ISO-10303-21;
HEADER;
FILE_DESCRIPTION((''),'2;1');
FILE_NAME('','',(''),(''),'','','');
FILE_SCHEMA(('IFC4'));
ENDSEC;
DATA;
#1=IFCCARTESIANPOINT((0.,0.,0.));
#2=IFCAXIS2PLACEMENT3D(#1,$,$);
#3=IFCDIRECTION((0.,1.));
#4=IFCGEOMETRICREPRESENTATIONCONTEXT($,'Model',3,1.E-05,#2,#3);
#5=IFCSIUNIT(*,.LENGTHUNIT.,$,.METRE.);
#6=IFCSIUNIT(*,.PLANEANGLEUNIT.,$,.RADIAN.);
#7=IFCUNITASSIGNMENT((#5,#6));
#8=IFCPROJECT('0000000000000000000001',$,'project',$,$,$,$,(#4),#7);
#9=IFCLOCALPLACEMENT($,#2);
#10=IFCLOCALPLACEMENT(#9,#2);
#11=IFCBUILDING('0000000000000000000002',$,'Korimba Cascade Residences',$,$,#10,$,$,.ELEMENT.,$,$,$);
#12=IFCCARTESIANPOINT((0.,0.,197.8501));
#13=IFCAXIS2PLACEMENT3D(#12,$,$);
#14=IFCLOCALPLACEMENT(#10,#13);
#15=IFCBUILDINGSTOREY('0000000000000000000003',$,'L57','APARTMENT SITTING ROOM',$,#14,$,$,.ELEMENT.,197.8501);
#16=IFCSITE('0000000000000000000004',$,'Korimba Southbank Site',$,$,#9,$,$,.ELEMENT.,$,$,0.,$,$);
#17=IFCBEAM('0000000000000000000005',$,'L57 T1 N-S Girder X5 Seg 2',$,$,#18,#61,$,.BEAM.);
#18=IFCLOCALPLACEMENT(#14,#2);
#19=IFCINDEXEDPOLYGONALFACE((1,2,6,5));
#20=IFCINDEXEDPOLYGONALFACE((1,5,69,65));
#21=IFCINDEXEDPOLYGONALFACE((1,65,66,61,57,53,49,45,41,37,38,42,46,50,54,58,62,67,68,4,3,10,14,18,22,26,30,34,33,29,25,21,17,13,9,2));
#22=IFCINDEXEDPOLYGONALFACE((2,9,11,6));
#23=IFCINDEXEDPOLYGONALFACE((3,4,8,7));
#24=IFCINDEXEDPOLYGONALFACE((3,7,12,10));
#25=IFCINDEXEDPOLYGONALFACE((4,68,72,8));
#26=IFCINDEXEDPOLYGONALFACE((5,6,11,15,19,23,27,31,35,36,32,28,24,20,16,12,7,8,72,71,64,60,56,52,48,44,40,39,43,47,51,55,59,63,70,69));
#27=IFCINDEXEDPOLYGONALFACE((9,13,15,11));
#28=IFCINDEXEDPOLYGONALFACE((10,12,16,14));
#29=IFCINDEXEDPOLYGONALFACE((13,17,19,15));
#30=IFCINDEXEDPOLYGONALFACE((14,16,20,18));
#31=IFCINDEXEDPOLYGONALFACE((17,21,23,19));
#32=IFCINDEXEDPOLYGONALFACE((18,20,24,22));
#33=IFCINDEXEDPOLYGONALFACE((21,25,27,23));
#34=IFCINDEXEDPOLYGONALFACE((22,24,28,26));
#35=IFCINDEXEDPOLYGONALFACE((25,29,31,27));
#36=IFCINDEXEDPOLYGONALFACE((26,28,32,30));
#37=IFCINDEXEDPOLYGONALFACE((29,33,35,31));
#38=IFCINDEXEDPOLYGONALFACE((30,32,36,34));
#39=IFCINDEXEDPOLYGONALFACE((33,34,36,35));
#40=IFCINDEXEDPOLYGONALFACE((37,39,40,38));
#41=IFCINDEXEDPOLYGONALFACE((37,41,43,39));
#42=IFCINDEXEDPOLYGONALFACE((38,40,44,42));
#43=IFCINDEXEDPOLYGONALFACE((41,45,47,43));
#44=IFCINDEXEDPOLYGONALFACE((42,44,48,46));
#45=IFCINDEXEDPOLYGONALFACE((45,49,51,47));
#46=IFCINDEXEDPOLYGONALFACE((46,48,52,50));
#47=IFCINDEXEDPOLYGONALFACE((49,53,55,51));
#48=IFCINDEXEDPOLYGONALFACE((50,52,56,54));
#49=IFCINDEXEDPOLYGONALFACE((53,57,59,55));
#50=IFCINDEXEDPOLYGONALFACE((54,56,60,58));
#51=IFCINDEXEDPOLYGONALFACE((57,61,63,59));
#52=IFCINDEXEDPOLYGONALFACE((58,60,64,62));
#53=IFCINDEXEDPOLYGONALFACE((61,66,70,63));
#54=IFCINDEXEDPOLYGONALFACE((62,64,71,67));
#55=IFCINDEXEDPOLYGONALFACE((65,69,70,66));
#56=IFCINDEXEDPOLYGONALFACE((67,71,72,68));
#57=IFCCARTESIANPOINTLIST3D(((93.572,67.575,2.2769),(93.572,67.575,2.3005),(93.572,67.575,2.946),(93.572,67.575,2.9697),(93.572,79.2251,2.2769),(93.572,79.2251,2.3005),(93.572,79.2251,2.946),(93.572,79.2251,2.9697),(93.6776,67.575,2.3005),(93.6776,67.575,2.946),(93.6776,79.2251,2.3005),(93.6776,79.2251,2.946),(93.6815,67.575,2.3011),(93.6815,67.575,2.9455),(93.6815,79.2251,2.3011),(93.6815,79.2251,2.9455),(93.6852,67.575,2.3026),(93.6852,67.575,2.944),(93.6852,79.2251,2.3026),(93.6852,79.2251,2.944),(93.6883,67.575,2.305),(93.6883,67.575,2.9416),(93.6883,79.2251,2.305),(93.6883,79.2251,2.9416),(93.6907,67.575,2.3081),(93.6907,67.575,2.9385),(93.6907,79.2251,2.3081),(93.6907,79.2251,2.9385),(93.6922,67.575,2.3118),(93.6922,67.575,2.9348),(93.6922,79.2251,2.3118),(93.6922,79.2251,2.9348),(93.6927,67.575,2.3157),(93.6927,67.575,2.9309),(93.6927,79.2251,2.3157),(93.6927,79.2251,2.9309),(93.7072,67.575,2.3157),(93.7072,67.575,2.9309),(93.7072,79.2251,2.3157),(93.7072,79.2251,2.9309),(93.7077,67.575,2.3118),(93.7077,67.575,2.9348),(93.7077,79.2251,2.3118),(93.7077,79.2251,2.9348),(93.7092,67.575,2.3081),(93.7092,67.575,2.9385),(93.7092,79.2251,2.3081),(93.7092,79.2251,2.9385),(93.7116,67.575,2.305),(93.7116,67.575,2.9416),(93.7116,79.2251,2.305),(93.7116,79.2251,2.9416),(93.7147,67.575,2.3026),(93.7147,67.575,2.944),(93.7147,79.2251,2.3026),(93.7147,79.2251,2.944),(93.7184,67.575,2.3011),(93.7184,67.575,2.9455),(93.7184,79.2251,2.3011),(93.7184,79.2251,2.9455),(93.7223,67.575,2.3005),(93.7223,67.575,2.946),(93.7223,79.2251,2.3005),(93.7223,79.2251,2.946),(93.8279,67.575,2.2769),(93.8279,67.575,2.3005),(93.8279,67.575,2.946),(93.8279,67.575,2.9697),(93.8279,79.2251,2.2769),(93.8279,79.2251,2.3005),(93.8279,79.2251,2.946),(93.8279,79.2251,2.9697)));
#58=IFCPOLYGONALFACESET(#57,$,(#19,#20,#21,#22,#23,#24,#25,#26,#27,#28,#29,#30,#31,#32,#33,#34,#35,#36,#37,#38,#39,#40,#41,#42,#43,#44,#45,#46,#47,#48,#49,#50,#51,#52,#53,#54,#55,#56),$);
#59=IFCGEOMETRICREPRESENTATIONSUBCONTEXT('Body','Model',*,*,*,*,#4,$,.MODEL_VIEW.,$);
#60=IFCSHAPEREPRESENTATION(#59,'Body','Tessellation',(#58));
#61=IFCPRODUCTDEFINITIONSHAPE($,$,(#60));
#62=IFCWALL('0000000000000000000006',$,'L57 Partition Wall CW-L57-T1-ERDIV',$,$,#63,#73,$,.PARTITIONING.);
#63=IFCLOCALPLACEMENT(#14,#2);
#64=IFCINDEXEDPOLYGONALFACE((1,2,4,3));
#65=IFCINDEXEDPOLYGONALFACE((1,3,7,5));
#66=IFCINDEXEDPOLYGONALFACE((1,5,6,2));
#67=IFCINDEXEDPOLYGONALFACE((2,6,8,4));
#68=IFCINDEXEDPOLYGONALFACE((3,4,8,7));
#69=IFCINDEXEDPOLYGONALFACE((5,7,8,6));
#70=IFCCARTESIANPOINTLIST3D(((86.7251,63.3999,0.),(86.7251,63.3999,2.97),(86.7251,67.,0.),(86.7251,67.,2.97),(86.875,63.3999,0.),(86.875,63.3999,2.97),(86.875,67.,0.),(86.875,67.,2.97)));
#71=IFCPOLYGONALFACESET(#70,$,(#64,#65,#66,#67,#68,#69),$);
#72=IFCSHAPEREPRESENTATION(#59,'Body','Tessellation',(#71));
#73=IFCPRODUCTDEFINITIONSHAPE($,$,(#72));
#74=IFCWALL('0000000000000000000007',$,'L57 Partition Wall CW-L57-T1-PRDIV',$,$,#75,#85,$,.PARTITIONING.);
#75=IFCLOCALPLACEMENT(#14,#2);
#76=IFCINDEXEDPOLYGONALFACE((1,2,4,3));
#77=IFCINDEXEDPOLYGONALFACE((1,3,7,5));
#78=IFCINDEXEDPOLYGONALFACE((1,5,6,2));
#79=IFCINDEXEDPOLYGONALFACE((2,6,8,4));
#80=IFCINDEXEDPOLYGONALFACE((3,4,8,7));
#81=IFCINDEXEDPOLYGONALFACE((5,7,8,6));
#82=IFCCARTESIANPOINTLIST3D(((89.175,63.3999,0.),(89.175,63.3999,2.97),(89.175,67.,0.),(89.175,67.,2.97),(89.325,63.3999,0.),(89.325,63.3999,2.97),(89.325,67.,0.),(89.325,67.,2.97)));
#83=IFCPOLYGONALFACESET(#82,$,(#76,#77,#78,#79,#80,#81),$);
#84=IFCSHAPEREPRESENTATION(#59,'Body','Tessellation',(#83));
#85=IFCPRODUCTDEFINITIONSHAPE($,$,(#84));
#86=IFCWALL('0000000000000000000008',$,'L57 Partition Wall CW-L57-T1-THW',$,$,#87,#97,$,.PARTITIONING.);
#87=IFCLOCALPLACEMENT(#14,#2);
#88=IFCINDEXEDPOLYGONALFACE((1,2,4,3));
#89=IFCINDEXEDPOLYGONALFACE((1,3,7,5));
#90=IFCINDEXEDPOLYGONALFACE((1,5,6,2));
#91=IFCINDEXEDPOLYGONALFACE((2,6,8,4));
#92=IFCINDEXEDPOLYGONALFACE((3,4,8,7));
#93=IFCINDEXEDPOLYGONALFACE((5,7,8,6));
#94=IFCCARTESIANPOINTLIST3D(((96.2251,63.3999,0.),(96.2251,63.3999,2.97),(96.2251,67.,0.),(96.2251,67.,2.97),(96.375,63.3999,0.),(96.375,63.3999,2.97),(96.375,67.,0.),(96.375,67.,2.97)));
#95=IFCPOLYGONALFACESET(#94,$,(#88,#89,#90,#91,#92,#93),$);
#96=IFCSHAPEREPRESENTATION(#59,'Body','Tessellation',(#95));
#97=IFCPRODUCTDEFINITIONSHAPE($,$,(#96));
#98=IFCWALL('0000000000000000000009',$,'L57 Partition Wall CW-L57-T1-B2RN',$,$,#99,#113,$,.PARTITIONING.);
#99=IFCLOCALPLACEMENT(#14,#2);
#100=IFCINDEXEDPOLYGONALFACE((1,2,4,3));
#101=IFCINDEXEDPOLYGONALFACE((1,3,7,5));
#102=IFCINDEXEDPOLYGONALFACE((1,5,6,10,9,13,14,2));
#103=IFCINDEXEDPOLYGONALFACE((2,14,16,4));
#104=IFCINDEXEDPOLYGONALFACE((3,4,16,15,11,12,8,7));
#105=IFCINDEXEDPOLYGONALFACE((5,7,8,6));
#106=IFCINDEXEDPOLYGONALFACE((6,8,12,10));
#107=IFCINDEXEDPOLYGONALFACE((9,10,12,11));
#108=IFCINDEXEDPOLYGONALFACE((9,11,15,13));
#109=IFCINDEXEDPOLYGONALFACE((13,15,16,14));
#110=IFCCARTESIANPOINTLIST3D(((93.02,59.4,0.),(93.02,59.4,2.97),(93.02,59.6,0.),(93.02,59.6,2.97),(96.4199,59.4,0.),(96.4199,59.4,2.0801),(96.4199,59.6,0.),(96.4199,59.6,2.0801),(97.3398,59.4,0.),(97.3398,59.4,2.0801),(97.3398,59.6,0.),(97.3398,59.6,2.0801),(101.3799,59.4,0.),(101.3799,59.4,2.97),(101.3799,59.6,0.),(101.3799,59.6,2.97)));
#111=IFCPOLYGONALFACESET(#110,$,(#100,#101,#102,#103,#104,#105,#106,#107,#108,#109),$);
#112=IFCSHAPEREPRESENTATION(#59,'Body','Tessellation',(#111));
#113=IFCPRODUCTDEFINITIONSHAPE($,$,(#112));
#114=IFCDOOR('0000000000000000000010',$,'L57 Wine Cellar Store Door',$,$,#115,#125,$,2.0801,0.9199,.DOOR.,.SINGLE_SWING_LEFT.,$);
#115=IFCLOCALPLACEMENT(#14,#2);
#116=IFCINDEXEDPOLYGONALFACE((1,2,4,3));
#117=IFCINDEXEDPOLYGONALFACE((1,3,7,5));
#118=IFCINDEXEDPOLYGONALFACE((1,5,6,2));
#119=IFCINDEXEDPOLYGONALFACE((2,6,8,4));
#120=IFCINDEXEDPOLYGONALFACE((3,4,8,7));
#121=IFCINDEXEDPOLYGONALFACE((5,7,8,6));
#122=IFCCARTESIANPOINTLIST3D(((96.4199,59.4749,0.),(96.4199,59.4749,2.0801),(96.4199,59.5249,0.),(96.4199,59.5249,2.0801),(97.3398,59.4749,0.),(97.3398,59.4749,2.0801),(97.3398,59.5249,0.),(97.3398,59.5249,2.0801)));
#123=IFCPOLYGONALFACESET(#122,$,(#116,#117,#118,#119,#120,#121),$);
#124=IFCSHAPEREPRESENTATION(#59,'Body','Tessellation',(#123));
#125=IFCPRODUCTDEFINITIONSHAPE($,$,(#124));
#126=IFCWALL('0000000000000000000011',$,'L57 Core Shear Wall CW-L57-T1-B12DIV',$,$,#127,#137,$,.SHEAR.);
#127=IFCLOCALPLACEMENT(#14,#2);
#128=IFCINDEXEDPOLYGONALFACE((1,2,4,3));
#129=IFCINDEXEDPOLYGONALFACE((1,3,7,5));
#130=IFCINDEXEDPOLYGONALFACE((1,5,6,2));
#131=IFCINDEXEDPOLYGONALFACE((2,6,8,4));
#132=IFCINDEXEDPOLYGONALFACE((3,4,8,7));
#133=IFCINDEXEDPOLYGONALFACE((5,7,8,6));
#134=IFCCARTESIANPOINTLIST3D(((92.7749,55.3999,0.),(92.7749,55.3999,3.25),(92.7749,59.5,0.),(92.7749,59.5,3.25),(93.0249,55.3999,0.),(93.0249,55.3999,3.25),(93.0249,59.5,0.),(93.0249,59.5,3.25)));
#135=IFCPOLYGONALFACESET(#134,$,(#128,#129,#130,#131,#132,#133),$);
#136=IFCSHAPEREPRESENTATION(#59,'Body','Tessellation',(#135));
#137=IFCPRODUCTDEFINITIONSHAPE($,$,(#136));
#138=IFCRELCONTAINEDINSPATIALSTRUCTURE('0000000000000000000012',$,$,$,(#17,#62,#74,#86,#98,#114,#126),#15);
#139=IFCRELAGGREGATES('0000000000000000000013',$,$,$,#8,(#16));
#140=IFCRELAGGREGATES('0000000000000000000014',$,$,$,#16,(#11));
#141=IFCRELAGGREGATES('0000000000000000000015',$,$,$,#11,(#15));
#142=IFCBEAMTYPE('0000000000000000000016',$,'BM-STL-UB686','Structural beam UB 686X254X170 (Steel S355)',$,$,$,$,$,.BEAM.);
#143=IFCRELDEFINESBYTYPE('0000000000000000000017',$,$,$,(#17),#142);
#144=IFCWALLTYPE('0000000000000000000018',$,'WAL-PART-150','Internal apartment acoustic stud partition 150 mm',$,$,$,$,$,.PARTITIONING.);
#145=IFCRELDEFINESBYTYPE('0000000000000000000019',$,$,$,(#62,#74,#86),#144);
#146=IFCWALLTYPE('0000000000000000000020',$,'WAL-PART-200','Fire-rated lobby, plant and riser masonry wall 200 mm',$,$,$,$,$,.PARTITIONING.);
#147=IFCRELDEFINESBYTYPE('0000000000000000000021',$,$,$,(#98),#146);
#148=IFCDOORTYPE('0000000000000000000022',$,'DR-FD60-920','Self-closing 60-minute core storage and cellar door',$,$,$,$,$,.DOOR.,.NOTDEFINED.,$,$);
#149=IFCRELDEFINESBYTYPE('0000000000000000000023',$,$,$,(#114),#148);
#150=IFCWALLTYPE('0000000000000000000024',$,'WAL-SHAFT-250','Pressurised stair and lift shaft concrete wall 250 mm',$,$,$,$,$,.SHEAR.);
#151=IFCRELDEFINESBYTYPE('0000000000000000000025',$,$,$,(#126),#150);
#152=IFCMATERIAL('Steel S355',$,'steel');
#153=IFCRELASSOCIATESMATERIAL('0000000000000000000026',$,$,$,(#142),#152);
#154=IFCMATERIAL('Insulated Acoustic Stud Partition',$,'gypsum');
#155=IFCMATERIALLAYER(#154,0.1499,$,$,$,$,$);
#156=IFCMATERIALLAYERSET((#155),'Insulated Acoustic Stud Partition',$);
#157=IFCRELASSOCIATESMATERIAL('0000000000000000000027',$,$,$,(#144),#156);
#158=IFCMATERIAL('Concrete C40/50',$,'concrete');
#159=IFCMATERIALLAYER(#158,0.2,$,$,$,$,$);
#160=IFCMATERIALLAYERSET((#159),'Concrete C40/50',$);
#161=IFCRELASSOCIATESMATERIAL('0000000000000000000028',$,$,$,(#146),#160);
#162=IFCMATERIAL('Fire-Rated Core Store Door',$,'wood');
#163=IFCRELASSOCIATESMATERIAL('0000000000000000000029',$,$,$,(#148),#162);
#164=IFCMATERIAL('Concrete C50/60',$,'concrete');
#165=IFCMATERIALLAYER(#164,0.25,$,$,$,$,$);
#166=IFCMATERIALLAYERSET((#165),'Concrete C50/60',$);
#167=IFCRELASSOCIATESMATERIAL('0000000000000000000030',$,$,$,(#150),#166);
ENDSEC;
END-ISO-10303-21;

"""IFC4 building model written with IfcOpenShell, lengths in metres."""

from ifc_helpers import new_model, si_unit, direction, frame, frame_2d, origin, origin_2d, place, context, subcontext, project, spatial, rectangle, i_section, extrude, material, layer, layer_set, material_profile, profile_set, type_object, element, fill, save


model = new_model("IFC4")

# Units and contexts
model_context = context("Model", 3, precision=1e-05, world=origin(), true_north=direction((0.0, 1.0)))
body_context = subcontext(model_context, "Body", "Model", "MODEL_VIEW")
ifc_project = project(units=[si_unit("LENGTHUNIT", "METRE"), si_unit("PLANEANGLEUNIT", "RADIAN")], contexts=[model_context])

# Site, building, storey
site_placement = place(None, origin())
site = spatial("IfcSite", under=ifc_project, at=site_placement, Name="Korimba Southbank Site", CompositionType="ELEMENT", RefElevation=0.0)
building_placement = place(site_placement, origin())
building = spatial("IfcBuilding", under=site, at=building_placement, Name="Korimba Cascade Residences", CompositionType="ELEMENT")
storey_placement = place(building_placement, frame((0.0, 0.0, 197.8501)))
storey = spatial("IfcBuildingStorey", under=building, at=storey_placement, Name="L57", Description="APARTMENT SITTING ROOM", CompositionType="ELEMENT", Elevation=197.8501)

# Beam
ifc_material_1 = material(Name="Steel S355", Category="steel")
ifc_material_profile_1 = material_profile(ifc_material_1, i_section(OverallWidth=0.2559, OverallDepth=0.6929, WebThickness=0.0144, FlangeThickness=0.0237, FilletRadius=0.0151, at=origin_2d()), Name="Steel S355")
ifc_profile_set_1 = profile_set([ifc_material_profile_1], Name="Steel S355")
beam_type = type_object("IfcBeamType", Name="BM-STL-UB686", Description="Structural beam UB 686X254X170 (Steel S355)", PredefinedType="BEAM", material=ifc_profile_set_1)
beam_1_placement = place(storey_placement, frame((93.7, 67.575, 2.6233), z_axis=(0.0, 1.0, 0.0), x_axis=(-1.0, 0.0, 0.0)))
element("IfcBeam", 1, at=beam_1_placement, inside=storey, type_object=beam_type, Name="L57 T1 N-S Girder X5 Seg 2", PredefinedType="BEAM", context=body_context, shape_type="SweptSolid", body=[
    extrude(i_section(OverallWidth=0.2559, OverallDepth=0.6929, WebThickness=0.0144, FlangeThickness=0.0237, FilletRadius=0.0151, at=origin_2d()), origin(), (0.0, 0.0, 1.0), 11.6501),
])

# Walls
ifc_material_2 = material(Name="Insulated Acoustic Stud Partition", Category="gypsum")
ifc_layer_1 = layer(ifc_material_2, 0.1499)
ifc_layer_set_1 = layer_set([ifc_layer_1], Name="Insulated Acoustic Stud Partition")
wall_type_1 = type_object("IfcWallType", Name="WAL-PART-150", Description="Internal apartment acoustic stud partition 150 mm", PredefinedType="PARTITIONING", material=ifc_layer_set_1)
for number, where, z_axis, x_axis, name in (
    (2, (86.8, 63.3999, 0.0), (0.0, 0.0, 1.0), (0.0, 1.0, 0.0), "L57 Partition Wall CW-L57-T1-ERDIV"),
    (3, (89.25, 63.3999, 0.0), (0.0, 0.0, 1.0), (0.0, 1.0, 0.0), "L57 Partition Wall CW-L57-T1-PRDIV"),
    (4, (96.3, 63.3999, 0.0), (0.0, 0.0, 1.0), (0.0, 1.0, 0.0), "L57 Partition Wall CW-L57-T1-THW"),
):
    element("IfcWall", number, at=place(storey_placement, frame(where, z_axis=z_axis, x_axis=x_axis)), inside=storey, type_object=wall_type_1, Name=name, PredefinedType="PARTITIONING", context=body_context, shape_type="SweptSolid", body=[
        extrude(rectangle(XDim=3.6001, YDim=0.1499, at=frame_2d((1.8, 0.0))), origin(), (0.0, 0.0, 1.0), 2.97),
    ])

# Wall, opening, door
ifc_material_3 = material(Name="Concrete C40/50", Category="concrete")
ifc_layer_2 = layer(ifc_material_3, 0.2)
ifc_layer_set_2 = layer_set([ifc_layer_2], Name="Concrete C40/50")
wall_type_2 = type_object("IfcWallType", Name="WAL-PART-200", Description="Fire-rated lobby, plant and riser masonry wall 200 mm", PredefinedType="PARTITIONING", material=ifc_layer_set_2)
wall_1_placement = place(storey_placement, frame((93.02, 59.5, 0.0), z_axis=(0.0, 0.0, 1.0), x_axis=(1.0, 0.0, 0.0)))
wall_1 = element("IfcWall", 5, at=wall_1_placement, inside=storey, type_object=wall_type_2, Name="L57 Partition Wall CW-L57-T1-B2RN", PredefinedType="PARTITIONING", context=body_context, shape_type="SweptSolid", body=[
    extrude(rectangle(XDim=8.3599, YDim=0.2, at=frame_2d((4.1799, 0.0))), origin(), (0.0, 0.0, 1.0), 2.97),
])
opening_placement = place(wall_1_placement, frame((3.3999, 0.0, 0.0)))
opening = element("IfcOpeningElement", 6, at=opening_placement, cuts=wall_1, PredefinedType="OPENING", context=body_context, shape_type="SweptSolid", body=[
    extrude(rectangle(XDim=0.9199, YDim=2.0801, at=frame_2d((0.46, 1.04))), frame((0.0, 0.1099, 0.0), z_axis=(0.0, -1.0, 0.0), x_axis=(1.0, 0.0, 0.0)), (0.0, 0.0, 1.0), 0.22),
])
ifc_material_4 = material(Name="Fire-Rated Core Store Door", Category="wood")
door_type = type_object("IfcDoorType", Name="DR-FD60-920", Description="Self-closing 60-minute core storage and cellar door", OperationType="NOTDEFINED", PredefinedType="DOOR", material=ifc_material_4)
door_placement = place(opening_placement, origin())
door = element("IfcDoor", 7, at=door_placement, inside=storey, type_object=door_type, Name="L57 Wine Cellar Store Door", OperationType="SINGLE_SWING_LEFT", OverallHeight=2.0801, OverallWidth=0.9199, PredefinedType="DOOR", context=body_context, shape_type="SweptSolid", body=[
    extrude(rectangle(XDim=0.9199, YDim=2.0801, at=frame_2d((0.46, 1.04))), frame((0.0, 0.0249, 0.0), z_axis=(0.0, -1.0, 0.0), x_axis=(1.0, 0.0, 0.0)), (0.0, 0.0, 1.0), 0.05),
])
fill(opening, door)

# Wall
ifc_material_5 = material(Name="Concrete C50/60", Category="concrete")
ifc_layer_3 = layer(ifc_material_5, 0.25)
ifc_layer_set_3 = layer_set([ifc_layer_3], Name="Concrete C50/60")
wall_type_3 = type_object("IfcWallType", Name="WAL-SHAFT-250", Description="Pressurised stair and lift shaft concrete wall 250 mm", PredefinedType="SHEAR", material=ifc_layer_set_3)
wall_2_placement = place(storey_placement, frame((92.8999, 55.3999, 0.0), z_axis=(0.0, 0.0, 1.0), x_axis=(0.0, 1.0, 0.0)))
element("IfcWall", 8, at=wall_2_placement, inside=storey, type_object=wall_type_3, Name="L57 Core Shear Wall CW-L57-T1-B12DIV", PredefinedType="SHEAR", context=body_context, shape_type="SweptSolid", body=[
    extrude(rectangle(XDim=4.1001, YDim=0.25, at=frame_2d((2.05, 0.0))), origin(), (0.0, 0.0, 1.0), 3.25),
])

save(model, "model.ifc")
